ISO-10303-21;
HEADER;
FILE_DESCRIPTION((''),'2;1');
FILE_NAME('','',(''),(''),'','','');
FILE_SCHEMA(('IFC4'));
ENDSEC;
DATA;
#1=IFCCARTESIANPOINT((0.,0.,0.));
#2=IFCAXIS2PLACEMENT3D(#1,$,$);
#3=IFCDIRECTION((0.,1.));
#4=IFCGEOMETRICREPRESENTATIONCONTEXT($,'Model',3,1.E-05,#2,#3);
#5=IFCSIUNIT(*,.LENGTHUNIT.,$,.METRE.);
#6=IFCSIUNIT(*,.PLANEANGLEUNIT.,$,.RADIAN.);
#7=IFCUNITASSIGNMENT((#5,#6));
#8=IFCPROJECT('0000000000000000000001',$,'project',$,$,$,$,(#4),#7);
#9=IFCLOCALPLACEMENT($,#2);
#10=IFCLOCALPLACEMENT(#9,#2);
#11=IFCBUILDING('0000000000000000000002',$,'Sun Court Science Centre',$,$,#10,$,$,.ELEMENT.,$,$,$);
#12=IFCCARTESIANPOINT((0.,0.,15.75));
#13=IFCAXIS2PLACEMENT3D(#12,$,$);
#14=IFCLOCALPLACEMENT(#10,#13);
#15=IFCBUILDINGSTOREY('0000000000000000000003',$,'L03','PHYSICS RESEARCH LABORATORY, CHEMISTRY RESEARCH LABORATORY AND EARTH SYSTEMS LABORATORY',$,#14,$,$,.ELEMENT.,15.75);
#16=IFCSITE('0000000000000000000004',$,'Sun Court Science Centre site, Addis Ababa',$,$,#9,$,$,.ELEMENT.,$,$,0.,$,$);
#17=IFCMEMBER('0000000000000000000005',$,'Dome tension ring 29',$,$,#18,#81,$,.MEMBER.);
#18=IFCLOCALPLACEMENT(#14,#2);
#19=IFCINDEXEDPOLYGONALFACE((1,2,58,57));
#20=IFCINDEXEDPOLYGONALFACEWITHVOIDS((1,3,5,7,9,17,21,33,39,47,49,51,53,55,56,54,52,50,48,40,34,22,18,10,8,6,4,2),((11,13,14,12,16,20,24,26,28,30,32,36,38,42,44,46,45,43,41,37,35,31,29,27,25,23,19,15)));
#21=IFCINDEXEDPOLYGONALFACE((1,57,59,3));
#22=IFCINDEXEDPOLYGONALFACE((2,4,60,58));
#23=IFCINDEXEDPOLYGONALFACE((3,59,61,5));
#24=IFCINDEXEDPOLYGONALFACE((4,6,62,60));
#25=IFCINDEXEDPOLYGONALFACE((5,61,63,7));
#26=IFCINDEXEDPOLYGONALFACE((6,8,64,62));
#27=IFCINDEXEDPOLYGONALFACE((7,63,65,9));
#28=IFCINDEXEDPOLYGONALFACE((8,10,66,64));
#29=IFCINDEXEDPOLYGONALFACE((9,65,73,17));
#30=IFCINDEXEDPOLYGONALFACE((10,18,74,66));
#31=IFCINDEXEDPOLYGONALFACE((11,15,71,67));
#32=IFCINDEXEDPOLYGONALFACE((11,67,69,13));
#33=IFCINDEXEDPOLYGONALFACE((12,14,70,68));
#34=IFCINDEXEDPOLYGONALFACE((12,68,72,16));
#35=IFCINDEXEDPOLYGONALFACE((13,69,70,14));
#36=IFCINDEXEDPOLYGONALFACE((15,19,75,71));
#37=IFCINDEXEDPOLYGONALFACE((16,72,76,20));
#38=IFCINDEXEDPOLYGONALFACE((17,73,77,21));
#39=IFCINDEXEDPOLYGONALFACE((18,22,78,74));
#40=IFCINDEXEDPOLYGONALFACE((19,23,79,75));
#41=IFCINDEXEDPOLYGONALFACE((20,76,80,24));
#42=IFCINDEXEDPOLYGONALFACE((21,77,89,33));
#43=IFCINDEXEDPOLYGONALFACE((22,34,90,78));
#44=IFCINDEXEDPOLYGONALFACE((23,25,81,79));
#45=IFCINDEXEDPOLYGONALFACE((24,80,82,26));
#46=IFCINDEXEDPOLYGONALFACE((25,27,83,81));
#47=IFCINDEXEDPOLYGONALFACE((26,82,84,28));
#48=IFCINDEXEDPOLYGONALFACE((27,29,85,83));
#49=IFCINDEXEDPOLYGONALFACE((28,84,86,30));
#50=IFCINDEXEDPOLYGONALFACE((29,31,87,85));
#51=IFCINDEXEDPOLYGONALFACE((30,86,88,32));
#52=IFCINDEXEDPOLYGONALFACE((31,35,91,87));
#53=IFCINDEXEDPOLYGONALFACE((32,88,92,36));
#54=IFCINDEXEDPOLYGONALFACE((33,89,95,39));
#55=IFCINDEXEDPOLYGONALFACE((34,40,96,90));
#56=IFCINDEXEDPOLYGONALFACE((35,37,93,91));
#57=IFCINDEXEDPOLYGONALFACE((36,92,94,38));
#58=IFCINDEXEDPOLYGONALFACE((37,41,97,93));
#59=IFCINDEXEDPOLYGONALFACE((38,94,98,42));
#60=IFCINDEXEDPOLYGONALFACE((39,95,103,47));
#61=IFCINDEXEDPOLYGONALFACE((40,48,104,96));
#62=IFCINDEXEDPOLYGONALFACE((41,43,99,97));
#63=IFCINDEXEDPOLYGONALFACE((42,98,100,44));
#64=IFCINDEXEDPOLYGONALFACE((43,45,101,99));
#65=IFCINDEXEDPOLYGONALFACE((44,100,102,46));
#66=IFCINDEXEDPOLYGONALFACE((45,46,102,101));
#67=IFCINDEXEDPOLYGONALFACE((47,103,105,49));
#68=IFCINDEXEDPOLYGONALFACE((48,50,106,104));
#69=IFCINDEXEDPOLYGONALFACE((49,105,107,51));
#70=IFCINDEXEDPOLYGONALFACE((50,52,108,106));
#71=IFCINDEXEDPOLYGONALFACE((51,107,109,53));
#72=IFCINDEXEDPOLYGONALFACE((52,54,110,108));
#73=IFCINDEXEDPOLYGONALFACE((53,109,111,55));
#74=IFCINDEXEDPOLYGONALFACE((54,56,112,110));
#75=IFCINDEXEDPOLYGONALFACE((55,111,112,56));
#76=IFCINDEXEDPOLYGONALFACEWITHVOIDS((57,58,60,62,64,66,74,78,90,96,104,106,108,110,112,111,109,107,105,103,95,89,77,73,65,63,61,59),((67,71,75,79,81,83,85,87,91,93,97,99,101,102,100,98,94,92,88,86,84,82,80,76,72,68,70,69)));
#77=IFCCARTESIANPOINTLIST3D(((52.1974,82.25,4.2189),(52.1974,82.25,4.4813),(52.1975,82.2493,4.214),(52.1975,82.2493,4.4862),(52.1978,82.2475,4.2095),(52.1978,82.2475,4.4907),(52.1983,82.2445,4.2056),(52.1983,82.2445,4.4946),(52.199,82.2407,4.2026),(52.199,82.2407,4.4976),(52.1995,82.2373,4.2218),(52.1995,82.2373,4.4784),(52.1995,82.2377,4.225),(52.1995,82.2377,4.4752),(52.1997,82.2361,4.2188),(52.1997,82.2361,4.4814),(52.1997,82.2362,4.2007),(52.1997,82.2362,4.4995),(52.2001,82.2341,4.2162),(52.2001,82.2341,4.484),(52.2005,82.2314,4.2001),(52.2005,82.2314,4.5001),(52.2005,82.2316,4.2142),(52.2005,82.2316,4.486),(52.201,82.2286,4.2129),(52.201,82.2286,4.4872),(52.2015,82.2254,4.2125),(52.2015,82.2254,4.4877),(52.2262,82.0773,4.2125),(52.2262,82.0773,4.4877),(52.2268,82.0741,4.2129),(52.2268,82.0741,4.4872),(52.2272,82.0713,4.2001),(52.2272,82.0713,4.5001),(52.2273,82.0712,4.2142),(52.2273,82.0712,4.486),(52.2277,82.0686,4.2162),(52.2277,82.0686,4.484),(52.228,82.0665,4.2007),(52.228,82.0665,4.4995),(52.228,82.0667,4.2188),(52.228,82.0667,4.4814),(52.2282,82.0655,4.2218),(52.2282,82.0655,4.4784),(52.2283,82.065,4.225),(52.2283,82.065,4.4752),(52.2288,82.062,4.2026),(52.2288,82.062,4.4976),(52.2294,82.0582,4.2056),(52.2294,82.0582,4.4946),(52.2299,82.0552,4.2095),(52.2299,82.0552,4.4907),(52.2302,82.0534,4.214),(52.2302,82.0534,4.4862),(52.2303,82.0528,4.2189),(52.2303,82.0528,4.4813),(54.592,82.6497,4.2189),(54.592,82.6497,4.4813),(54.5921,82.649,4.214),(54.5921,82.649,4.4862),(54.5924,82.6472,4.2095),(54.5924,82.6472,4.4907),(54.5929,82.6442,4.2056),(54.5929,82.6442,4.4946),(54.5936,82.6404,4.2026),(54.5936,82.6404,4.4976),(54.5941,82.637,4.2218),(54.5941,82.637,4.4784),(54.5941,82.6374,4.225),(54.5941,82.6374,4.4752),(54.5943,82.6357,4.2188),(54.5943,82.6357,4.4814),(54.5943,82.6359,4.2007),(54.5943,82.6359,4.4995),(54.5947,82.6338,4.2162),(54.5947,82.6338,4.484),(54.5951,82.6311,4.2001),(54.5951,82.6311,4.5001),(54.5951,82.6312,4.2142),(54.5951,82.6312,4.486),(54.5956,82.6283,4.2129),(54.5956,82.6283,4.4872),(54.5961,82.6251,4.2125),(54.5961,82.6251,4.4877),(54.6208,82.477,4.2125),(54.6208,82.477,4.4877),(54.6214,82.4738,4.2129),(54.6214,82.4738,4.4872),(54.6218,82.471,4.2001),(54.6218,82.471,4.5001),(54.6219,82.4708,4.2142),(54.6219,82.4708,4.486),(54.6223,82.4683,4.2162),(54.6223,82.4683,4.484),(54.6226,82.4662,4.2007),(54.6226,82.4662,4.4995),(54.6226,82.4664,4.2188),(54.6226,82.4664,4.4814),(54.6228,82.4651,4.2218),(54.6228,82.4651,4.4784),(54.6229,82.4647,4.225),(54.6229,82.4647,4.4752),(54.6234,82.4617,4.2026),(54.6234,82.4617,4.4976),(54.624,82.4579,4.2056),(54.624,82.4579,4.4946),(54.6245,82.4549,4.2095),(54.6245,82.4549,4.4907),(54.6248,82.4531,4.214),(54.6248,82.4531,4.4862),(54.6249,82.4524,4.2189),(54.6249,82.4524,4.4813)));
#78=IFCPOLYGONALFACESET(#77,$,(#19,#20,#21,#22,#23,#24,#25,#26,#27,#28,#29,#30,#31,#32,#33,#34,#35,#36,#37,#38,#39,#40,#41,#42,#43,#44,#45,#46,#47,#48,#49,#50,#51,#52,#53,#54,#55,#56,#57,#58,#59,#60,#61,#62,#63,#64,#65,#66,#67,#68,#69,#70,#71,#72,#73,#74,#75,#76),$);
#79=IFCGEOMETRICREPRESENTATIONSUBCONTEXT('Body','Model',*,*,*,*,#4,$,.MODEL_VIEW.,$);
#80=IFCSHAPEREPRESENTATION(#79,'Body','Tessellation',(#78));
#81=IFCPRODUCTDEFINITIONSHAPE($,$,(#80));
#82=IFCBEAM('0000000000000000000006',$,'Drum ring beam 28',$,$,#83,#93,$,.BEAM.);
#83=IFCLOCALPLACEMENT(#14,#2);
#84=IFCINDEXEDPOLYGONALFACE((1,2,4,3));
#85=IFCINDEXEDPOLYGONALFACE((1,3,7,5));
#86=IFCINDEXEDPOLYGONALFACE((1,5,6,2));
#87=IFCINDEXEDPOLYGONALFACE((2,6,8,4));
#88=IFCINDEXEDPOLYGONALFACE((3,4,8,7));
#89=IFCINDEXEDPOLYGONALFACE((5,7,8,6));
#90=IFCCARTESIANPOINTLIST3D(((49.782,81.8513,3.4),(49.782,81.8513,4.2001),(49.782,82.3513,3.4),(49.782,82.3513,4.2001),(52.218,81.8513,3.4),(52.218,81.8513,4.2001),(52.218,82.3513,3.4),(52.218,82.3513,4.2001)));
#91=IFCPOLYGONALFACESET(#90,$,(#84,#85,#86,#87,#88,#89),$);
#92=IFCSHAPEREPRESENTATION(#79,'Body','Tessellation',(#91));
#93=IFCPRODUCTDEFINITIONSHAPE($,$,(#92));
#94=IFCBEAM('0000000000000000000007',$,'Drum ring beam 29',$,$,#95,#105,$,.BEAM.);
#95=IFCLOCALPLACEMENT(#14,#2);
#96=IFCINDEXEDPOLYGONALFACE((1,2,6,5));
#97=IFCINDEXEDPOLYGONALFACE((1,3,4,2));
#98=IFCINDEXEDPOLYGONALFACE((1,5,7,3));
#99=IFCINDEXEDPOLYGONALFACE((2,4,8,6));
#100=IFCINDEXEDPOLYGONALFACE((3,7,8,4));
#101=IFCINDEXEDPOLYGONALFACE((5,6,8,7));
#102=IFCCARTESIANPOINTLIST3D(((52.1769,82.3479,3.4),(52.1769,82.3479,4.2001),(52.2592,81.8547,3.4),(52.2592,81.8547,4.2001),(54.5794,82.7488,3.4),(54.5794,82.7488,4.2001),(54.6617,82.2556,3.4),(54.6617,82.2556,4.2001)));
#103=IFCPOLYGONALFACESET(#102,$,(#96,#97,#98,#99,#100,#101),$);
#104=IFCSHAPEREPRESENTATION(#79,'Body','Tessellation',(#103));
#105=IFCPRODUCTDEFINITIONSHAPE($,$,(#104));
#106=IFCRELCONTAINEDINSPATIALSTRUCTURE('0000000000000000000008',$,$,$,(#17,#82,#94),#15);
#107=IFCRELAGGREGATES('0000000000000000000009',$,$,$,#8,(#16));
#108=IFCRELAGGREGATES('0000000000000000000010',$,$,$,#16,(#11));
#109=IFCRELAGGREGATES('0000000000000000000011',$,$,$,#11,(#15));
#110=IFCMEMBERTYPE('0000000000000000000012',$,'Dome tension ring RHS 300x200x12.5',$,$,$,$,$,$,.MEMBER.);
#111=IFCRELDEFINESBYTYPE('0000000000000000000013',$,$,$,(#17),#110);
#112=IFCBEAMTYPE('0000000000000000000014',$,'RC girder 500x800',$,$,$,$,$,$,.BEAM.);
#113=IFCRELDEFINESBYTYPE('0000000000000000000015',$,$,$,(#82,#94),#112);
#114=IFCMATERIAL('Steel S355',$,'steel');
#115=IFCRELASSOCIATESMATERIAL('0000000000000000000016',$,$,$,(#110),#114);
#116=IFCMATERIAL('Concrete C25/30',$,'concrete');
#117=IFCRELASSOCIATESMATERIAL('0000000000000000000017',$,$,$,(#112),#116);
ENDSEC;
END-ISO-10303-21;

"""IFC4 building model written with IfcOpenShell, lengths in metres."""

from ifc_helpers import new_model, si_unit, direction, frame, origin, origin_2d, place, context, subcontext, project, spatial, rectangle, hollow_rectangle, extrude, material, material_profile, profile_set, type_object, element, save


model = new_model("IFC4")

# Units and contexts
model_context = context("Model", 3, precision=1e-05, world=origin(), true_north=direction((0.0, 1.0)))
body_context = subcontext(model_context, "Body", "Model", "MODEL_VIEW")
ifc_project = project(units=[si_unit("LENGTHUNIT", "METRE"), si_unit("PLANEANGLEUNIT", "RADIAN")], contexts=[model_context])

# Site, building, storey
site_placement = place(None, origin())
site = spatial("IfcSite", under=ifc_project, at=site_placement, Name="Sun Court Science Centre site, Addis Ababa", CompositionType="ELEMENT", RefElevation=0.0)
building_placement = place(site_placement, origin())
building = spatial("IfcBuilding", under=site, at=building_placement, Name="Sun Court Science Centre", CompositionType="ELEMENT")
storey_placement = place(building_placement, frame((0.0, 0.0, 15.75)))
storey = spatial("IfcBuildingStorey", under=building, at=storey_placement, Name="L03", Description="PHYSICS RESEARCH LABORATORY, CHEMISTRY RESEARCH LABORATORY AND EARTH SYSTEMS LABORATORY", CompositionType="ELEMENT", Elevation=15.75)

# Member
ifc_material_1 = material(Name="Steel S355", Category="steel")
ifc_material_profile_1 = material_profile(ifc_material_1, hollow_rectangle(XDim=0.2, YDim=0.3, WallThickness=0.0125, InnerFilletRadius=0.0125, OuterFilletRadius=0.0188, at=origin_2d()), Name="RHS 300x200x12.5")
ifc_profile_set_1 = profile_set([ifc_material_profile_1], Name="Steel S355")
member_type_1 = type_object("IfcMemberType", Name="Dome tension ring RHS 300x200x12.5", PredefinedType="MEMBER", material=ifc_profile_set_1)
for number, where, z_axis, x_axis, name in (
    (1, (52.2139, 82.1514, 4.3501), (0.986356, 0.164627, 0.0), (-0.164627, 0.986356, 0.0), "Dome tension ring 29"),
):
    element("IfcMember", number, at=place(storey_placement, frame(where, z_axis=z_axis, x_axis=x_axis)), inside=storey, type_object=member_type_1, Name=name, PredefinedType="MEMBER", context=body_context, shape_type="SweptSolid", body=[
        extrude(hollow_rectangle(XDim=0.2, YDim=0.3, WallThickness=0.0125, InnerFilletRadius=0.0125, OuterFilletRadius=0.0188, at=origin_2d()), origin(), (0.0, 0.0, 1.0), 2.4277),
    ])

# Beams
ifc_material_2 = material(Name="Concrete C25/30", Category="concrete")
ifc_material_profile_2 = material_profile(ifc_material_2, rectangle(XDim=0.5, YDim=0.8, at=origin_2d()), Name="RC 500x800")
ifc_profile_set_2 = profile_set([ifc_material_profile_2], Name="Concrete C25/30")
beam_type = type_object("IfcBeamType", Name="RC girder 500x800", PredefinedType="BEAM", material=ifc_profile_set_2)
beam_1_placement = place(storey_placement, frame((49.782, 82.1013, 3.8), z_axis=(1.0, 0.0, 0.0), x_axis=(0.0, 1.0, 0.0)))
element("IfcBeam", 2, at=beam_1_placement, inside=storey, type_object=beam_type, Name="Drum ring beam 28", PredefinedType="BEAM", context=body_context, shape_type="SweptSolid", body=[
    extrude(rectangle(XDim=0.5, YDim=0.8, at=origin_2d()), origin(), (0.0, 0.0, 1.0), 2.436),
])
beam_2_placement = place(storey_placement, frame((52.218, 82.1013, 3.8), z_axis=(0.986364, 0.164578, 0.0), x_axis=(-0.164578, 0.986364, 0.0)))
element("IfcBeam", 3, at=beam_2_placement, inside=storey, type_object=beam_type, Name="Drum ring beam 29", PredefinedType="BEAM", context=body_context, shape_type="SweptSolid", body=[
    extrude(rectangle(XDim=0.5, YDim=0.8, at=origin_2d()), origin(), (0.0, 0.0, 1.0), 2.4358),
])

save(model, "model.ifc")
